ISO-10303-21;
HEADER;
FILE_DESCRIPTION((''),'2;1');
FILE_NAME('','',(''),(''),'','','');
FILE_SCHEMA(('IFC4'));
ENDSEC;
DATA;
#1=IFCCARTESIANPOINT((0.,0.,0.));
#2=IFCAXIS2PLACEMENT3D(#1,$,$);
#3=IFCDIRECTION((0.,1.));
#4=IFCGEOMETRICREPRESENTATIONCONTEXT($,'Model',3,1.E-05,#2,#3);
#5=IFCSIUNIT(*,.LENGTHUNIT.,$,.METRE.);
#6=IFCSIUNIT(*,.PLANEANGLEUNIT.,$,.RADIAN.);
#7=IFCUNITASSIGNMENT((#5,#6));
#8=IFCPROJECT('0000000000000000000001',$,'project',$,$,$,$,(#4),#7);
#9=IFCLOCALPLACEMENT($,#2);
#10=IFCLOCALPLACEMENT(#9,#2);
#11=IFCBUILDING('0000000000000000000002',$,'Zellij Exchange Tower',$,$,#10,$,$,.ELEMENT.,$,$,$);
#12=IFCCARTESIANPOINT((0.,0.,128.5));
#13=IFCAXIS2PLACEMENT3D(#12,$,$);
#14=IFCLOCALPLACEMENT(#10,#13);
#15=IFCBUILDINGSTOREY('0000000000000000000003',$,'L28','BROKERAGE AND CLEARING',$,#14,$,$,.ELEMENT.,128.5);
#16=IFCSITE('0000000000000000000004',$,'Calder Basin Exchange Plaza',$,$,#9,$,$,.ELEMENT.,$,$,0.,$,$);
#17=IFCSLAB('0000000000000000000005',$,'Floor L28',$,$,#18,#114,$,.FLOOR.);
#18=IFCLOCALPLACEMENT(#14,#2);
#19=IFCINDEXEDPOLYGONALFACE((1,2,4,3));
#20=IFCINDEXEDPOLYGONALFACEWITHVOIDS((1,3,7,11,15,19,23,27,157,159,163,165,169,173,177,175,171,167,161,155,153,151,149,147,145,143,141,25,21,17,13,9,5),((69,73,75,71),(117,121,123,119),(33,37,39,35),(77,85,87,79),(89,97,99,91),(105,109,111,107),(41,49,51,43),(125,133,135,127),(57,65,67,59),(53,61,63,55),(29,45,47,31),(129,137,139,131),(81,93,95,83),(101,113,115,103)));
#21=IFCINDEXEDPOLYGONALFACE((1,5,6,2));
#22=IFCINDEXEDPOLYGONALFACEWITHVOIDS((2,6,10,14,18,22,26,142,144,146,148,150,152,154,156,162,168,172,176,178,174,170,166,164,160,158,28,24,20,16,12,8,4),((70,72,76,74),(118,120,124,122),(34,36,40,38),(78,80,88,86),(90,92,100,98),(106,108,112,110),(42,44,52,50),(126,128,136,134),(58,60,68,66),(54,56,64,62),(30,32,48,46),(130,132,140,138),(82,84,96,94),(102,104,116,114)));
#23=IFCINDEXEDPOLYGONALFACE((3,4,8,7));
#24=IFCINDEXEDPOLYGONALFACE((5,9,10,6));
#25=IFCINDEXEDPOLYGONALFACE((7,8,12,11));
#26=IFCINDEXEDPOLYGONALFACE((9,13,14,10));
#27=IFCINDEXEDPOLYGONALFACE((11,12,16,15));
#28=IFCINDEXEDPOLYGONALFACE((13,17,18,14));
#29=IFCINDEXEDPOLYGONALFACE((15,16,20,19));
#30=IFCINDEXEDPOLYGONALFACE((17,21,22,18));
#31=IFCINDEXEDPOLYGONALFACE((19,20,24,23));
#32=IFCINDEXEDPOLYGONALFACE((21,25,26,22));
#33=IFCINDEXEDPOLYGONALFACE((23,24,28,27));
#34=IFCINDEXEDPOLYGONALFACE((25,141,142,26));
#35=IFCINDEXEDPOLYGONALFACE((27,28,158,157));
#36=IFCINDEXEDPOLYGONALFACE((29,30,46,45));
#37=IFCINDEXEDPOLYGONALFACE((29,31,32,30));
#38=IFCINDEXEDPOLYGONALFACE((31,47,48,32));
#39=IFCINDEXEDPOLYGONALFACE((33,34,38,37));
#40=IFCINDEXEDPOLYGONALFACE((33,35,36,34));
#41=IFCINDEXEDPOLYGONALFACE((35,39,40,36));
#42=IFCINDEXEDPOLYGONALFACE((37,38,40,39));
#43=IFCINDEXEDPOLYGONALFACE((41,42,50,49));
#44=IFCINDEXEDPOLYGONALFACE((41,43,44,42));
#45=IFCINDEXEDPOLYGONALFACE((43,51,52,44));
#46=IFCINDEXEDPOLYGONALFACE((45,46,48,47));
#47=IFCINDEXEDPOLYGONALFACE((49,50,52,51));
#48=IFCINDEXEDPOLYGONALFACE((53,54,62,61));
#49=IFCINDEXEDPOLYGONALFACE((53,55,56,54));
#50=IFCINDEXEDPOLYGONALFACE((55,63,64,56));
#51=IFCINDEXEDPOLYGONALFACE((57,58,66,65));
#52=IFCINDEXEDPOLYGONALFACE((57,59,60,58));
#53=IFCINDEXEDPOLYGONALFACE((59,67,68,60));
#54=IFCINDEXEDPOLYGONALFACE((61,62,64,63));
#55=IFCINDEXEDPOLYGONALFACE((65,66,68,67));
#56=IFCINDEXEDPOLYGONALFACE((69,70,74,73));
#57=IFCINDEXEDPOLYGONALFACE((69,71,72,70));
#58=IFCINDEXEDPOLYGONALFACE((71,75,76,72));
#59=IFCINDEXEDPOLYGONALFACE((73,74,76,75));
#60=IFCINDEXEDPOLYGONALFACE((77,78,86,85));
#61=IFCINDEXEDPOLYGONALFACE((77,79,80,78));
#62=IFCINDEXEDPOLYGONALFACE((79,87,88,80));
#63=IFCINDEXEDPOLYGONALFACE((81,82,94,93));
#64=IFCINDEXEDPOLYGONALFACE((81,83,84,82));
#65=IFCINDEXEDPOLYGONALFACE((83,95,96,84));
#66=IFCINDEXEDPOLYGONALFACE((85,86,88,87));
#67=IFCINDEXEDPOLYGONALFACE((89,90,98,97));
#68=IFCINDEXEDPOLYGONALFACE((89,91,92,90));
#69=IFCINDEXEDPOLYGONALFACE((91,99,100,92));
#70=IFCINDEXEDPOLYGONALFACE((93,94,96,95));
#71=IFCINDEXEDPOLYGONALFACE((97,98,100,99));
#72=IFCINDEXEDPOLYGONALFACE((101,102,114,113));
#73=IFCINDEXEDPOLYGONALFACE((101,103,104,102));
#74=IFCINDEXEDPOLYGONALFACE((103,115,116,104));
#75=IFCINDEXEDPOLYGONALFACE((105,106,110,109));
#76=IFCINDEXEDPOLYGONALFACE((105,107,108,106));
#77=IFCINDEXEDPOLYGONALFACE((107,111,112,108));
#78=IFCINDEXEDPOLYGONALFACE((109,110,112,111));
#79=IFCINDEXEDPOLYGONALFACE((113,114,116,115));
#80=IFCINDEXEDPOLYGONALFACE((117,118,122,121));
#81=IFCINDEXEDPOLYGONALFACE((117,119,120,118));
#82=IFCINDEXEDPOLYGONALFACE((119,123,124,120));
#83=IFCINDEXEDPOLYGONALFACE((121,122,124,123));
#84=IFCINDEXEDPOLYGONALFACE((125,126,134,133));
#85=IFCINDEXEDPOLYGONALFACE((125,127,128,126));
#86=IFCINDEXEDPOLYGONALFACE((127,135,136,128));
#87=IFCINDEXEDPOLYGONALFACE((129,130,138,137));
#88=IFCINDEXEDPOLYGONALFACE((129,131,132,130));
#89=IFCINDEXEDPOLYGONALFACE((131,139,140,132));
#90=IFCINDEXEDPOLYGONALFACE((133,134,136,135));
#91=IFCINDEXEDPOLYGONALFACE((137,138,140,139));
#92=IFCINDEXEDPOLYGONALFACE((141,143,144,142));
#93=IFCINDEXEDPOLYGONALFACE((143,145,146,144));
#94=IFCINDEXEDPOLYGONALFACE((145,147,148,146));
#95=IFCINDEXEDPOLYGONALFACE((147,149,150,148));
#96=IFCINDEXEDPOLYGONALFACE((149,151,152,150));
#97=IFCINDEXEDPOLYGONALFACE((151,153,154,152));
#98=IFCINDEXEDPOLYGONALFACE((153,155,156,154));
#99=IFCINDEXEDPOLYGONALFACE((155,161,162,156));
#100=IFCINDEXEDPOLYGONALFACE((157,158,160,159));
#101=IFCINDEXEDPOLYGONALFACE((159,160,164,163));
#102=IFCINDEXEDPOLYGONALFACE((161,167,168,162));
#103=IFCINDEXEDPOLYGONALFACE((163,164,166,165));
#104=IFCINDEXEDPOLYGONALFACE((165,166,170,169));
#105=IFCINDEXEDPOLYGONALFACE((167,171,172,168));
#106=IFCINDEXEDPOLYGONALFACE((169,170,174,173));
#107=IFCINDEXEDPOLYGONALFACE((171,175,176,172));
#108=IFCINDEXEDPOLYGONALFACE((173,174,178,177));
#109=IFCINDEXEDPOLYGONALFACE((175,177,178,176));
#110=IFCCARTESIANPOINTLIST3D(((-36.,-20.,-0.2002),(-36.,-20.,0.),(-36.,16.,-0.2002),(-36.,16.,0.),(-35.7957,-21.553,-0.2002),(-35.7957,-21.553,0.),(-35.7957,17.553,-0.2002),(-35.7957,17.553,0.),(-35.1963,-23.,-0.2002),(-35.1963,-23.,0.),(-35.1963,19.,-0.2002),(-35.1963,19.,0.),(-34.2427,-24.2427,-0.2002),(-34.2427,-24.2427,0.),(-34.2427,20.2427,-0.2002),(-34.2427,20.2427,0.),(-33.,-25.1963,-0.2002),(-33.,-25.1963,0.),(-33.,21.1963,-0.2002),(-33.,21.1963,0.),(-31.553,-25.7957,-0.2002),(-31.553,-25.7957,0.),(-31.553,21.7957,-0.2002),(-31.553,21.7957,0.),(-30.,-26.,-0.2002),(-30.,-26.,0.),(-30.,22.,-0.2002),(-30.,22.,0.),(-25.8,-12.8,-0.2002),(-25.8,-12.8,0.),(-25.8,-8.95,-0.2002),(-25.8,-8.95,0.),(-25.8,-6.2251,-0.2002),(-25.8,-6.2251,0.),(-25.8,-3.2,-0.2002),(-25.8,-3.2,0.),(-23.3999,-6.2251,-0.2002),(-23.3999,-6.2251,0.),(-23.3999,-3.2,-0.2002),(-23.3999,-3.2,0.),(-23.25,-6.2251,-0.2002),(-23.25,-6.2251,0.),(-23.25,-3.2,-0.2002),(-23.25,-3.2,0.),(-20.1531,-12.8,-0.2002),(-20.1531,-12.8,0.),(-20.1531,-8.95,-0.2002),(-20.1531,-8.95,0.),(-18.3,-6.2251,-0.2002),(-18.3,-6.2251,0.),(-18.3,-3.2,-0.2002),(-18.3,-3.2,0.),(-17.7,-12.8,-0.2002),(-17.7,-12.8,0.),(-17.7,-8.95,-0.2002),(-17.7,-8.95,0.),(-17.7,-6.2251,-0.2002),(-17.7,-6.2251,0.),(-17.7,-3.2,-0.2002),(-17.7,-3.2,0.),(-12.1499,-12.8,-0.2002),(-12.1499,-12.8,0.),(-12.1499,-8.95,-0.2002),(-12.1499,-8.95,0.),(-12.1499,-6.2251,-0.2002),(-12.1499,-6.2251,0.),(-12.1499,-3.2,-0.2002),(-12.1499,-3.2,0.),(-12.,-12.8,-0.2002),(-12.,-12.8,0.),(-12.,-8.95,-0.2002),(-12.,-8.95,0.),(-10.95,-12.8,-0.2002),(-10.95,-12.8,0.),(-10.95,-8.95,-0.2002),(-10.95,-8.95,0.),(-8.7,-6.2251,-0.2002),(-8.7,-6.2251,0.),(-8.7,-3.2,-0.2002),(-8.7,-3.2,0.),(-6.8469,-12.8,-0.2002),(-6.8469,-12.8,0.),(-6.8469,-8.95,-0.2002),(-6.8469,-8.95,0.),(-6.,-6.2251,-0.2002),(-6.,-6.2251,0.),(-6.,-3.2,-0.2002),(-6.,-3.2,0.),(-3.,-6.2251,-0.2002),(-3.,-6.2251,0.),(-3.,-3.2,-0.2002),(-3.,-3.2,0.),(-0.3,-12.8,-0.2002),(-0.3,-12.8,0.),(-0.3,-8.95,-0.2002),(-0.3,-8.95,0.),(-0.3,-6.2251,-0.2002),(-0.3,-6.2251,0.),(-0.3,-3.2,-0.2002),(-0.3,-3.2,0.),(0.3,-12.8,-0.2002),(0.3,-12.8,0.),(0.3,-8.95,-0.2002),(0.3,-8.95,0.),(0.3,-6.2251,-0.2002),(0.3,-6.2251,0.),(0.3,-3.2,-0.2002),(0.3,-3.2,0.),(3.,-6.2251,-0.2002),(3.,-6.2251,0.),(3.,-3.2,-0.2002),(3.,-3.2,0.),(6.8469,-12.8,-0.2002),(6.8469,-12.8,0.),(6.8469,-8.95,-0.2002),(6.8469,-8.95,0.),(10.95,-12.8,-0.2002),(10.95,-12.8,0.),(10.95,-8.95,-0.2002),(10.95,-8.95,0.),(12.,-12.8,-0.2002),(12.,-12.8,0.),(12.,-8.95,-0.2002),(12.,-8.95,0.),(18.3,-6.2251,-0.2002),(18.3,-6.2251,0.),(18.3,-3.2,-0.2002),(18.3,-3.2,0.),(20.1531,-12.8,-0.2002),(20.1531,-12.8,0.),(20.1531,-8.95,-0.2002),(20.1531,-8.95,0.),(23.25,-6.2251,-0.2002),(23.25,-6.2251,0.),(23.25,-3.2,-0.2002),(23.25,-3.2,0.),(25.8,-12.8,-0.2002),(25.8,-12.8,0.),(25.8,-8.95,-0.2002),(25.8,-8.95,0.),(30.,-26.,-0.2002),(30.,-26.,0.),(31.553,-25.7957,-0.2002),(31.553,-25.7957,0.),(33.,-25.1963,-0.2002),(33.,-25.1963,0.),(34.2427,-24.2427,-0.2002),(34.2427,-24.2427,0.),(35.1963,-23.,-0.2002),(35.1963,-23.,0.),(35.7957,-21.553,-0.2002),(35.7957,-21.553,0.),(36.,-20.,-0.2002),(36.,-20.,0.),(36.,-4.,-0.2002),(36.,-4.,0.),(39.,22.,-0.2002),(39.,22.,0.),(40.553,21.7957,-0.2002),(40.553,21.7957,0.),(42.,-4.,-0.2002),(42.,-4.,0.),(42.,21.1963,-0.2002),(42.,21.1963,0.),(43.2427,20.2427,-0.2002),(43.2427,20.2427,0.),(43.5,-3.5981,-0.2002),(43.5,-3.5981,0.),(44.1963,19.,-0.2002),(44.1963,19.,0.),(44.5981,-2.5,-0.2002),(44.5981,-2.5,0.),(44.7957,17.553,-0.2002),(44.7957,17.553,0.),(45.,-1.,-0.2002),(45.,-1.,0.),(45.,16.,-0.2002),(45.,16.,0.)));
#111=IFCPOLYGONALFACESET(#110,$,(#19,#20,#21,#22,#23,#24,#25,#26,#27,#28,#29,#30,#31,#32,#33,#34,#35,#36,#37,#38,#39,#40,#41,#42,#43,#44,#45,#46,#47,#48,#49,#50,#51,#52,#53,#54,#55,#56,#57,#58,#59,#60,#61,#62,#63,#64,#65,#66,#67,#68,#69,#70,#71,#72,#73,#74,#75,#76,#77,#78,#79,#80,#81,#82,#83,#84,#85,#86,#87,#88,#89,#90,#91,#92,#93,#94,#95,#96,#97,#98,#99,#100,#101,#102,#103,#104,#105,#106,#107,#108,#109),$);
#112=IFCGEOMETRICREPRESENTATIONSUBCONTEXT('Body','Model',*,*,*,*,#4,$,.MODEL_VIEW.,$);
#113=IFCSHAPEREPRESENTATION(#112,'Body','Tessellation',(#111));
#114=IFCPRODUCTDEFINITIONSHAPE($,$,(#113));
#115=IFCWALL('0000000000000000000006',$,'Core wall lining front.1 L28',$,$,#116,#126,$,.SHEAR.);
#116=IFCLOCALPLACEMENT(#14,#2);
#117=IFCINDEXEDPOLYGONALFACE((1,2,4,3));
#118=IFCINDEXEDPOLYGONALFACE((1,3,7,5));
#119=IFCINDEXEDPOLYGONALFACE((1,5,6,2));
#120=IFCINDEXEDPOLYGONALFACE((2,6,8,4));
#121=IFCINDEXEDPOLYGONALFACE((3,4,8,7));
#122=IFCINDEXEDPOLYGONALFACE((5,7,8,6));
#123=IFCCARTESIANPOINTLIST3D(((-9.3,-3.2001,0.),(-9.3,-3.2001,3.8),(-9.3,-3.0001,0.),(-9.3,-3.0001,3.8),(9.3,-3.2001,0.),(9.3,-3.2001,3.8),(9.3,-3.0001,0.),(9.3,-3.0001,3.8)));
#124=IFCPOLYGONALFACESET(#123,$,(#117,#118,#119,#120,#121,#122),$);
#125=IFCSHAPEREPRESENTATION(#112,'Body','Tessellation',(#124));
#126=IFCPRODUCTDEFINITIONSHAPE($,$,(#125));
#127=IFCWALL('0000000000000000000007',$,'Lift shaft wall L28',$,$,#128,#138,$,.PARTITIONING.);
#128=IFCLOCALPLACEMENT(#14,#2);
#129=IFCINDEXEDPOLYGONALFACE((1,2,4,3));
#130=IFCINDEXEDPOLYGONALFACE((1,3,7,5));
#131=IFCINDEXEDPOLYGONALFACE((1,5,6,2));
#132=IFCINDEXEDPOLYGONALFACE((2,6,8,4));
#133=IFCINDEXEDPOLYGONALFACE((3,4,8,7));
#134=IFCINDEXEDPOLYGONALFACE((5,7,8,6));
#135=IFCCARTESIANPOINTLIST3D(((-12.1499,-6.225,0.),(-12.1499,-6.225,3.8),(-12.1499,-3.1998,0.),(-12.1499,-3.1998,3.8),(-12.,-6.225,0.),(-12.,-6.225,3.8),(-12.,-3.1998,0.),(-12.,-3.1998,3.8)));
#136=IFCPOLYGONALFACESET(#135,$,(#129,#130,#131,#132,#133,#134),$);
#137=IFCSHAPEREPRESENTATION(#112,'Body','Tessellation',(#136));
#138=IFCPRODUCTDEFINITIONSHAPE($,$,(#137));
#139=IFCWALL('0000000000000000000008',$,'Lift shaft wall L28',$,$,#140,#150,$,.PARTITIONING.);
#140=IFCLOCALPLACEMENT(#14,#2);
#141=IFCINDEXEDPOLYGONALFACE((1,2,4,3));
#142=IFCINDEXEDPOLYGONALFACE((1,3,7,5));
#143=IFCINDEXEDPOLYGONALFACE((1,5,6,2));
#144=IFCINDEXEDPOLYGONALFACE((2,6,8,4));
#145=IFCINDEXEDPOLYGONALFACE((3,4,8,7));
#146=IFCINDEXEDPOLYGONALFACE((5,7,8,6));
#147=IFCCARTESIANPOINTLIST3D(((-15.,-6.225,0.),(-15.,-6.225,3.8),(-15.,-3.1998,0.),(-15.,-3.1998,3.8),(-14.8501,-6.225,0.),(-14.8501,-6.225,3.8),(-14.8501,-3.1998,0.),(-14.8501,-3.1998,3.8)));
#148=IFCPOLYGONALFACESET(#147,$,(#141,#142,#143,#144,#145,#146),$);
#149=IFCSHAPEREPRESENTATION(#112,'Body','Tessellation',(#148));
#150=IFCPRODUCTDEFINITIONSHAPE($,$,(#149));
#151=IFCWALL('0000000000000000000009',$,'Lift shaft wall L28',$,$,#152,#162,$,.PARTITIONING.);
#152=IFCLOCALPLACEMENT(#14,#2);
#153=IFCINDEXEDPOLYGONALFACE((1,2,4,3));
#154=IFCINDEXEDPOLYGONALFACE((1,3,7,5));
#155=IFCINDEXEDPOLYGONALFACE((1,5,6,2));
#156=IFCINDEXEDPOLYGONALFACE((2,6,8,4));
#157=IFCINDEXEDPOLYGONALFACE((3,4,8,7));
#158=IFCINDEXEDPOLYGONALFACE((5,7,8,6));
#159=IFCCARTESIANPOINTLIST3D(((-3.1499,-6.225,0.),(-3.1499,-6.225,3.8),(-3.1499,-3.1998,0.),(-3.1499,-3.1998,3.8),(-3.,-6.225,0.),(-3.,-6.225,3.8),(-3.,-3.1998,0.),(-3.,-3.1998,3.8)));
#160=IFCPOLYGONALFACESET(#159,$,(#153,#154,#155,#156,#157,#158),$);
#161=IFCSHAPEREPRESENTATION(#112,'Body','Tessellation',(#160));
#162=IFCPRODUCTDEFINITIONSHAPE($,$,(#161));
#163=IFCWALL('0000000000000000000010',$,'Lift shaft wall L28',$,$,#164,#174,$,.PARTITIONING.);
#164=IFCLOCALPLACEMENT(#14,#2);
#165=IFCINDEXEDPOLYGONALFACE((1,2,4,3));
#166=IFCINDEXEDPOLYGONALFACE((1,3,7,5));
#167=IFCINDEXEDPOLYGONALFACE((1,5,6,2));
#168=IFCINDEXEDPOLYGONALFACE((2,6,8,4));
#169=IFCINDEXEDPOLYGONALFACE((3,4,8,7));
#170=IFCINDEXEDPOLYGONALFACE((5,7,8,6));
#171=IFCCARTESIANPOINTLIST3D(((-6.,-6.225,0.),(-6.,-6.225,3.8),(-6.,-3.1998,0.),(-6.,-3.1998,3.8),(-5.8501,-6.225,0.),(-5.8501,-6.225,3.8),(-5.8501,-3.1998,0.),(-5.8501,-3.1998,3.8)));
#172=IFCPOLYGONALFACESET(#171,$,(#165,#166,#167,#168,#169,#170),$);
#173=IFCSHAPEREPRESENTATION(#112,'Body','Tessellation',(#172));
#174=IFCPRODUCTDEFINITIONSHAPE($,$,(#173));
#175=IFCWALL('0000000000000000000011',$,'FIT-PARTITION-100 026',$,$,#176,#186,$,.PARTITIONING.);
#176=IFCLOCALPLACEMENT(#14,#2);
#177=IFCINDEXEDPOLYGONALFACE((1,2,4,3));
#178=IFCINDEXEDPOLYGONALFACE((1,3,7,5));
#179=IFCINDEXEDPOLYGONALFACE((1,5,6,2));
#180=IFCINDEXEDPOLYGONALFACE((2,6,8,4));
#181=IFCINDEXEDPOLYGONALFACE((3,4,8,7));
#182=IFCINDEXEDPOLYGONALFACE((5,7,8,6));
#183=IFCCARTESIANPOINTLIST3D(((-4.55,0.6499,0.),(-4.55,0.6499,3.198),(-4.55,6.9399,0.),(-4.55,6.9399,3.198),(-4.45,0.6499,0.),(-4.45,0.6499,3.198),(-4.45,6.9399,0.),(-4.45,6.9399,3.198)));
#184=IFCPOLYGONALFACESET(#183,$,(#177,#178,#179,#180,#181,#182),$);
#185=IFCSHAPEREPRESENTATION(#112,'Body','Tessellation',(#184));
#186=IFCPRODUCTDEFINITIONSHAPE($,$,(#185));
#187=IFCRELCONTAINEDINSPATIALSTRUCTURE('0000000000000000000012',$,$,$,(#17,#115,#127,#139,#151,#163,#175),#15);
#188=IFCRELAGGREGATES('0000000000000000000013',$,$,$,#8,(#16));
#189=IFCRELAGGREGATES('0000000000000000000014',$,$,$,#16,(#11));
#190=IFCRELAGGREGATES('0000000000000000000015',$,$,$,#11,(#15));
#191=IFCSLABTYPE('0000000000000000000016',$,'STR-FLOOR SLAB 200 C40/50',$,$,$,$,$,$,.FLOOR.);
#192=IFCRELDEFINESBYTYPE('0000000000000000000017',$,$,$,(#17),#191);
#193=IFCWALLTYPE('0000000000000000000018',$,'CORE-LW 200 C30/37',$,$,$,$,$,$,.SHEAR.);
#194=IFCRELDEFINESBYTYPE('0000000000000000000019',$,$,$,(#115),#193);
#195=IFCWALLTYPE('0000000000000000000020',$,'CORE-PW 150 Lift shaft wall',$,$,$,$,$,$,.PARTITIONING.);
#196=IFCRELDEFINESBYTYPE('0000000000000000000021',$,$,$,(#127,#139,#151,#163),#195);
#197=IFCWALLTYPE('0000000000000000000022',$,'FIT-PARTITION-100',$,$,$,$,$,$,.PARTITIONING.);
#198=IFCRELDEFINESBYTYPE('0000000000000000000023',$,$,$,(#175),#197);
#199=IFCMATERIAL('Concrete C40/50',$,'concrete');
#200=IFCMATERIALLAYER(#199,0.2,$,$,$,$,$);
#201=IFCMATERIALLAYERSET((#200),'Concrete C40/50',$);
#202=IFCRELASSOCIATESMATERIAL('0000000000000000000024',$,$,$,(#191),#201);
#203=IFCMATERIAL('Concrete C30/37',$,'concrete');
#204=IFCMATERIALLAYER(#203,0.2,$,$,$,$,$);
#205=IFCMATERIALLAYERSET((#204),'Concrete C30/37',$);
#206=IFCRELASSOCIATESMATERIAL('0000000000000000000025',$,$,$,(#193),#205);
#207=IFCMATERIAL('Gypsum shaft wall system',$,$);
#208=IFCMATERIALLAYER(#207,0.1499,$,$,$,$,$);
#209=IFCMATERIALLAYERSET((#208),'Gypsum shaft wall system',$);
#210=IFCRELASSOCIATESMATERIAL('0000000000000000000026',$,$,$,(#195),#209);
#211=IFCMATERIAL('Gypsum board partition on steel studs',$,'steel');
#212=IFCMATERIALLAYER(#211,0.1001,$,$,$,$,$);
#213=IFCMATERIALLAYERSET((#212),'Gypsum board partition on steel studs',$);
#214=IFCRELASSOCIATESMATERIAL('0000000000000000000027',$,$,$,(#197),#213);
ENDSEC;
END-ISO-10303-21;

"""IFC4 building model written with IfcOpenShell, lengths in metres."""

from ifc_helpers import new_model, si_unit, direction, frame, frame_2d, origin, place, context, subcontext, project, spatial, polyline, rectangle, outline, extrude, material, layer, layer_set, type_object, element, save


model = new_model("IFC4")

# Units and contexts
model_context = context("Model", 3, precision=1e-05, world=origin(), true_north=direction((0.0, 1.0)))
body_context = subcontext(model_context, "Body", "Model", "MODEL_VIEW")
ifc_project = project(units=[si_unit("LENGTHUNIT", "METRE"), si_unit("PLANEANGLEUNIT", "RADIAN")], contexts=[model_context])

# Site, building, storey
site_placement = place(None, origin())
site = spatial("IfcSite", under=ifc_project, at=site_placement, Name="Calder Basin Exchange Plaza", CompositionType="ELEMENT", RefElevation=0.0)
building_placement = place(site_placement, origin())
building = spatial("IfcBuilding", under=site, at=building_placement, Name="Zellij Exchange Tower", CompositionType="ELEMENT")
storey_placement = place(building_placement, frame((0.0, 0.0, 128.5)))
storey = spatial("IfcBuildingStorey", under=building, at=storey_placement, Name="L28", Description="BROKERAGE AND CLEARING", CompositionType="ELEMENT", Elevation=128.5)

# Slab
ifc_material_1 = material(Name="Concrete C40/50", Category="concrete")
ifc_layer_1 = layer(ifc_material_1, 0.2)
ifc_layer_set_1 = layer_set([ifc_layer_1], Name="Concrete C40/50")
slab_type = type_object("IfcSlabType", Name="STR-FLOOR SLAB 200 C40/50", PredefinedType="FLOOR", material=ifc_layer_set_1)
slab_placement = place(storey_placement, frame((0.0, 0.0, -0.2002)))
element("IfcSlab", 1, at=slab_placement, inside=storey, type_object=slab_type, Name="Floor L28", PredefinedType="FLOOR", context=body_context, shape_type="SweptSolid", body=[
    extrude(outline(polyline([(35.7957, -21.553), (35.1963, -23.0), (34.2427, -24.2427), (33.0, -25.1963), (31.553, -25.7957), (30.0, -26.0), (-30.0, -26.0), (-31.553, -25.7957), (-33.0, -25.1963), (-34.2427, -24.2427), (-35.1963, -23.0), (-35.7957, -21.553), (-36.0, -20.0), (-36.0, 16.0), (-35.7957, 17.553), (-35.1963, 19.0), (-34.2427, 20.2427), (-33.0, 21.1963), (-31.553, 21.7957), (-30.0, 22.0), (39.0, 22.0), (40.553, 21.7957), (42.0, 21.1963), (43.2427, 20.2427), (44.1963, 19.0), (44.7957, 17.553), (45.0, 16.0), (45.0, -1.0), (44.5981, -2.5), (43.5, -3.5981), (42.0, -4.0), (36.0, -4.0), (36.0, -20.0), (35.7957, -21.553)]), holes=[polyline([(-25.8, -8.95), (-25.8, -12.8), (-20.1531, -12.8), (-20.1531, -8.95), (-25.8, -8.95)]), polyline([(-12.1499, -8.95), (-17.7, -8.95), (-17.7, -12.8), (-12.1499, -12.8), (-12.1499, -8.95)]), polyline([(-10.95, -8.95), (-12.0, -8.95), (-12.0, -12.8), (-10.95, -12.8), (-10.95, -8.95)]), polyline([(-23.3999, -3.2), (-25.8, -3.2), (-25.8, -6.2251), (-23.3999, -6.2251), (-23.3999, -3.2)]), polyline([(-18.3, -3.2), (-23.25, -3.2), (-23.25, -6.2251), (-18.3, -6.2251), (-18.3, -3.2)]), polyline([(-12.1499, -3.2), (-17.7, -3.2), (-17.7, -6.2251), (-12.1499, -6.2251), (-12.1499, -3.2)]), polyline([(-6.0, -3.2), (-8.7, -3.2), (-8.7, -6.2251), (-6.0, -6.2251), (-6.0, -3.2)]), polyline([(-6.8469, -8.95), (-6.8469, -12.8), (-0.3, -12.8), (-0.3, -8.95), (-6.8469, -8.95)]), polyline([(6.8469, -8.95), (0.3, -8.95), (0.3, -12.8), (6.8469, -12.8), (6.8469, -8.95)]), polyline([(12.0, -8.95), (10.95, -8.95), (10.95, -12.8), (12.0, -12.8), (12.0, -8.95)]), polyline([(25.8, -8.95), (20.1531, -8.95), (20.1531, -12.8), (25.8, -12.8), (25.8, -8.95)]), polyline([(-0.3, -3.2), (-3.0, -3.2), (-3.0, -6.2251), (-0.3, -6.2251), (-0.3, -3.2)]), polyline([(3.0, -3.2), (0.3, -3.2), (0.3, -6.2251), (3.0, -6.2251), (3.0, -3.2)]), polyline([(23.25, -3.2), (18.3, -3.2), (18.3, -6.2251), (23.25, -6.2251), (23.25, -3.2)])]), origin(), (0.0, 0.0, 1.0), 0.2002),
])

# Walls
ifc_material_2 = material(Name="Concrete C30/37", Category="concrete")
ifc_layer_2 = layer(ifc_material_2, 0.2)
ifc_layer_set_2 = layer_set([ifc_layer_2], Name="Concrete C30/37")
wall_type_1 = type_object("IfcWallType", Name="CORE-LW 200 C30/37", PredefinedType="SHEAR", material=ifc_layer_set_2)
wall_1_placement = place(storey_placement, frame((-9.3, -3.1001, 0.0), z_axis=(0.0, 0.0, 1.0), x_axis=(1.0, 0.0, 0.0)))
element("IfcWall", 2, at=wall_1_placement, inside=storey, type_object=wall_type_1, Name="Core wall lining front.1 L28", PredefinedType="SHEAR", context=body_context, shape_type="SweptSolid", body=[
    extrude(rectangle(XDim=18.6001, YDim=0.2, at=frame_2d((9.3, 0.0))), origin(), (0.0, 0.0, 1.0), 3.8),
])
ifc_material_3 = material(Name="Gypsum shaft wall system")
ifc_layer_3 = layer(ifc_material_3, 0.1499)
ifc_layer_set_3 = layer_set([ifc_layer_3], Name="Gypsum shaft wall system")
wall_type_2 = type_object("IfcWallType", Name="CORE-PW 150 Lift shaft wall", PredefinedType="PARTITIONING", material=ifc_layer_set_3)
for number, where, z_axis, x_axis, name in (
    (3, (-12.075, -6.2251, 0.0), (0.0, 0.0, 1.0), (0.0, 1.0, 0.0), "Lift shaft wall L28"),
    (4, (-14.925, -6.2251, 0.0), (0.0, 0.0, 1.0), (0.0, 1.0, 0.0), "Lift shaft wall L28"),
    (5, (-3.075, -6.2251, 0.0), (0.0, 0.0, 1.0), (0.0, 1.0, 0.0), "Lift shaft wall L28"),
    (6, (-5.925, -6.2251, 0.0), (0.0, 0.0, 1.0), (0.0, 1.0, 0.0), "Lift shaft wall L28"),
):
    element("IfcWall", number, at=place(storey_placement, frame(where, z_axis=z_axis, x_axis=x_axis)), inside=storey, type_object=wall_type_2, Name=name, PredefinedType="PARTITIONING", context=body_context, shape_type="SweptSolid", body=[
        extrude(rectangle(XDim=3.0251, YDim=0.1499, at=frame_2d((1.5127, 0.0))), origin(), (0.0, 0.0, 1.0), 3.8),
    ])
ifc_material_4 = material(Name="Gypsum board partition on steel studs", Category="steel")
ifc_layer_4 = layer(ifc_material_4, 0.1001)
ifc_layer_set_4 = layer_set([ifc_layer_4], Name="Gypsum board partition on steel studs")
wall_type_3 = type_object("IfcWallType", Name="FIT-PARTITION-100", PredefinedType="PARTITIONING", material=ifc_layer_set_4)
wall_2_placement = place(storey_placement, frame((-4.5, 0.6499, 0.0), z_axis=(0.0, 0.0, 1.0), x_axis=(0.0, 1.0, 0.0)))
element("IfcWall", 7, at=wall_2_placement, inside=storey, type_object=wall_type_3, Name="FIT-PARTITION-100 026", PredefinedType="PARTITIONING", context=body_context, shape_type="SweptSolid", body=[
    extrude(rectangle(XDim=6.29, YDim=0.1001, at=frame_2d((3.145, 0.0))), origin(), (0.0, 0.0, 1.0), 3.198),
])

save(model, "model.ifc")
